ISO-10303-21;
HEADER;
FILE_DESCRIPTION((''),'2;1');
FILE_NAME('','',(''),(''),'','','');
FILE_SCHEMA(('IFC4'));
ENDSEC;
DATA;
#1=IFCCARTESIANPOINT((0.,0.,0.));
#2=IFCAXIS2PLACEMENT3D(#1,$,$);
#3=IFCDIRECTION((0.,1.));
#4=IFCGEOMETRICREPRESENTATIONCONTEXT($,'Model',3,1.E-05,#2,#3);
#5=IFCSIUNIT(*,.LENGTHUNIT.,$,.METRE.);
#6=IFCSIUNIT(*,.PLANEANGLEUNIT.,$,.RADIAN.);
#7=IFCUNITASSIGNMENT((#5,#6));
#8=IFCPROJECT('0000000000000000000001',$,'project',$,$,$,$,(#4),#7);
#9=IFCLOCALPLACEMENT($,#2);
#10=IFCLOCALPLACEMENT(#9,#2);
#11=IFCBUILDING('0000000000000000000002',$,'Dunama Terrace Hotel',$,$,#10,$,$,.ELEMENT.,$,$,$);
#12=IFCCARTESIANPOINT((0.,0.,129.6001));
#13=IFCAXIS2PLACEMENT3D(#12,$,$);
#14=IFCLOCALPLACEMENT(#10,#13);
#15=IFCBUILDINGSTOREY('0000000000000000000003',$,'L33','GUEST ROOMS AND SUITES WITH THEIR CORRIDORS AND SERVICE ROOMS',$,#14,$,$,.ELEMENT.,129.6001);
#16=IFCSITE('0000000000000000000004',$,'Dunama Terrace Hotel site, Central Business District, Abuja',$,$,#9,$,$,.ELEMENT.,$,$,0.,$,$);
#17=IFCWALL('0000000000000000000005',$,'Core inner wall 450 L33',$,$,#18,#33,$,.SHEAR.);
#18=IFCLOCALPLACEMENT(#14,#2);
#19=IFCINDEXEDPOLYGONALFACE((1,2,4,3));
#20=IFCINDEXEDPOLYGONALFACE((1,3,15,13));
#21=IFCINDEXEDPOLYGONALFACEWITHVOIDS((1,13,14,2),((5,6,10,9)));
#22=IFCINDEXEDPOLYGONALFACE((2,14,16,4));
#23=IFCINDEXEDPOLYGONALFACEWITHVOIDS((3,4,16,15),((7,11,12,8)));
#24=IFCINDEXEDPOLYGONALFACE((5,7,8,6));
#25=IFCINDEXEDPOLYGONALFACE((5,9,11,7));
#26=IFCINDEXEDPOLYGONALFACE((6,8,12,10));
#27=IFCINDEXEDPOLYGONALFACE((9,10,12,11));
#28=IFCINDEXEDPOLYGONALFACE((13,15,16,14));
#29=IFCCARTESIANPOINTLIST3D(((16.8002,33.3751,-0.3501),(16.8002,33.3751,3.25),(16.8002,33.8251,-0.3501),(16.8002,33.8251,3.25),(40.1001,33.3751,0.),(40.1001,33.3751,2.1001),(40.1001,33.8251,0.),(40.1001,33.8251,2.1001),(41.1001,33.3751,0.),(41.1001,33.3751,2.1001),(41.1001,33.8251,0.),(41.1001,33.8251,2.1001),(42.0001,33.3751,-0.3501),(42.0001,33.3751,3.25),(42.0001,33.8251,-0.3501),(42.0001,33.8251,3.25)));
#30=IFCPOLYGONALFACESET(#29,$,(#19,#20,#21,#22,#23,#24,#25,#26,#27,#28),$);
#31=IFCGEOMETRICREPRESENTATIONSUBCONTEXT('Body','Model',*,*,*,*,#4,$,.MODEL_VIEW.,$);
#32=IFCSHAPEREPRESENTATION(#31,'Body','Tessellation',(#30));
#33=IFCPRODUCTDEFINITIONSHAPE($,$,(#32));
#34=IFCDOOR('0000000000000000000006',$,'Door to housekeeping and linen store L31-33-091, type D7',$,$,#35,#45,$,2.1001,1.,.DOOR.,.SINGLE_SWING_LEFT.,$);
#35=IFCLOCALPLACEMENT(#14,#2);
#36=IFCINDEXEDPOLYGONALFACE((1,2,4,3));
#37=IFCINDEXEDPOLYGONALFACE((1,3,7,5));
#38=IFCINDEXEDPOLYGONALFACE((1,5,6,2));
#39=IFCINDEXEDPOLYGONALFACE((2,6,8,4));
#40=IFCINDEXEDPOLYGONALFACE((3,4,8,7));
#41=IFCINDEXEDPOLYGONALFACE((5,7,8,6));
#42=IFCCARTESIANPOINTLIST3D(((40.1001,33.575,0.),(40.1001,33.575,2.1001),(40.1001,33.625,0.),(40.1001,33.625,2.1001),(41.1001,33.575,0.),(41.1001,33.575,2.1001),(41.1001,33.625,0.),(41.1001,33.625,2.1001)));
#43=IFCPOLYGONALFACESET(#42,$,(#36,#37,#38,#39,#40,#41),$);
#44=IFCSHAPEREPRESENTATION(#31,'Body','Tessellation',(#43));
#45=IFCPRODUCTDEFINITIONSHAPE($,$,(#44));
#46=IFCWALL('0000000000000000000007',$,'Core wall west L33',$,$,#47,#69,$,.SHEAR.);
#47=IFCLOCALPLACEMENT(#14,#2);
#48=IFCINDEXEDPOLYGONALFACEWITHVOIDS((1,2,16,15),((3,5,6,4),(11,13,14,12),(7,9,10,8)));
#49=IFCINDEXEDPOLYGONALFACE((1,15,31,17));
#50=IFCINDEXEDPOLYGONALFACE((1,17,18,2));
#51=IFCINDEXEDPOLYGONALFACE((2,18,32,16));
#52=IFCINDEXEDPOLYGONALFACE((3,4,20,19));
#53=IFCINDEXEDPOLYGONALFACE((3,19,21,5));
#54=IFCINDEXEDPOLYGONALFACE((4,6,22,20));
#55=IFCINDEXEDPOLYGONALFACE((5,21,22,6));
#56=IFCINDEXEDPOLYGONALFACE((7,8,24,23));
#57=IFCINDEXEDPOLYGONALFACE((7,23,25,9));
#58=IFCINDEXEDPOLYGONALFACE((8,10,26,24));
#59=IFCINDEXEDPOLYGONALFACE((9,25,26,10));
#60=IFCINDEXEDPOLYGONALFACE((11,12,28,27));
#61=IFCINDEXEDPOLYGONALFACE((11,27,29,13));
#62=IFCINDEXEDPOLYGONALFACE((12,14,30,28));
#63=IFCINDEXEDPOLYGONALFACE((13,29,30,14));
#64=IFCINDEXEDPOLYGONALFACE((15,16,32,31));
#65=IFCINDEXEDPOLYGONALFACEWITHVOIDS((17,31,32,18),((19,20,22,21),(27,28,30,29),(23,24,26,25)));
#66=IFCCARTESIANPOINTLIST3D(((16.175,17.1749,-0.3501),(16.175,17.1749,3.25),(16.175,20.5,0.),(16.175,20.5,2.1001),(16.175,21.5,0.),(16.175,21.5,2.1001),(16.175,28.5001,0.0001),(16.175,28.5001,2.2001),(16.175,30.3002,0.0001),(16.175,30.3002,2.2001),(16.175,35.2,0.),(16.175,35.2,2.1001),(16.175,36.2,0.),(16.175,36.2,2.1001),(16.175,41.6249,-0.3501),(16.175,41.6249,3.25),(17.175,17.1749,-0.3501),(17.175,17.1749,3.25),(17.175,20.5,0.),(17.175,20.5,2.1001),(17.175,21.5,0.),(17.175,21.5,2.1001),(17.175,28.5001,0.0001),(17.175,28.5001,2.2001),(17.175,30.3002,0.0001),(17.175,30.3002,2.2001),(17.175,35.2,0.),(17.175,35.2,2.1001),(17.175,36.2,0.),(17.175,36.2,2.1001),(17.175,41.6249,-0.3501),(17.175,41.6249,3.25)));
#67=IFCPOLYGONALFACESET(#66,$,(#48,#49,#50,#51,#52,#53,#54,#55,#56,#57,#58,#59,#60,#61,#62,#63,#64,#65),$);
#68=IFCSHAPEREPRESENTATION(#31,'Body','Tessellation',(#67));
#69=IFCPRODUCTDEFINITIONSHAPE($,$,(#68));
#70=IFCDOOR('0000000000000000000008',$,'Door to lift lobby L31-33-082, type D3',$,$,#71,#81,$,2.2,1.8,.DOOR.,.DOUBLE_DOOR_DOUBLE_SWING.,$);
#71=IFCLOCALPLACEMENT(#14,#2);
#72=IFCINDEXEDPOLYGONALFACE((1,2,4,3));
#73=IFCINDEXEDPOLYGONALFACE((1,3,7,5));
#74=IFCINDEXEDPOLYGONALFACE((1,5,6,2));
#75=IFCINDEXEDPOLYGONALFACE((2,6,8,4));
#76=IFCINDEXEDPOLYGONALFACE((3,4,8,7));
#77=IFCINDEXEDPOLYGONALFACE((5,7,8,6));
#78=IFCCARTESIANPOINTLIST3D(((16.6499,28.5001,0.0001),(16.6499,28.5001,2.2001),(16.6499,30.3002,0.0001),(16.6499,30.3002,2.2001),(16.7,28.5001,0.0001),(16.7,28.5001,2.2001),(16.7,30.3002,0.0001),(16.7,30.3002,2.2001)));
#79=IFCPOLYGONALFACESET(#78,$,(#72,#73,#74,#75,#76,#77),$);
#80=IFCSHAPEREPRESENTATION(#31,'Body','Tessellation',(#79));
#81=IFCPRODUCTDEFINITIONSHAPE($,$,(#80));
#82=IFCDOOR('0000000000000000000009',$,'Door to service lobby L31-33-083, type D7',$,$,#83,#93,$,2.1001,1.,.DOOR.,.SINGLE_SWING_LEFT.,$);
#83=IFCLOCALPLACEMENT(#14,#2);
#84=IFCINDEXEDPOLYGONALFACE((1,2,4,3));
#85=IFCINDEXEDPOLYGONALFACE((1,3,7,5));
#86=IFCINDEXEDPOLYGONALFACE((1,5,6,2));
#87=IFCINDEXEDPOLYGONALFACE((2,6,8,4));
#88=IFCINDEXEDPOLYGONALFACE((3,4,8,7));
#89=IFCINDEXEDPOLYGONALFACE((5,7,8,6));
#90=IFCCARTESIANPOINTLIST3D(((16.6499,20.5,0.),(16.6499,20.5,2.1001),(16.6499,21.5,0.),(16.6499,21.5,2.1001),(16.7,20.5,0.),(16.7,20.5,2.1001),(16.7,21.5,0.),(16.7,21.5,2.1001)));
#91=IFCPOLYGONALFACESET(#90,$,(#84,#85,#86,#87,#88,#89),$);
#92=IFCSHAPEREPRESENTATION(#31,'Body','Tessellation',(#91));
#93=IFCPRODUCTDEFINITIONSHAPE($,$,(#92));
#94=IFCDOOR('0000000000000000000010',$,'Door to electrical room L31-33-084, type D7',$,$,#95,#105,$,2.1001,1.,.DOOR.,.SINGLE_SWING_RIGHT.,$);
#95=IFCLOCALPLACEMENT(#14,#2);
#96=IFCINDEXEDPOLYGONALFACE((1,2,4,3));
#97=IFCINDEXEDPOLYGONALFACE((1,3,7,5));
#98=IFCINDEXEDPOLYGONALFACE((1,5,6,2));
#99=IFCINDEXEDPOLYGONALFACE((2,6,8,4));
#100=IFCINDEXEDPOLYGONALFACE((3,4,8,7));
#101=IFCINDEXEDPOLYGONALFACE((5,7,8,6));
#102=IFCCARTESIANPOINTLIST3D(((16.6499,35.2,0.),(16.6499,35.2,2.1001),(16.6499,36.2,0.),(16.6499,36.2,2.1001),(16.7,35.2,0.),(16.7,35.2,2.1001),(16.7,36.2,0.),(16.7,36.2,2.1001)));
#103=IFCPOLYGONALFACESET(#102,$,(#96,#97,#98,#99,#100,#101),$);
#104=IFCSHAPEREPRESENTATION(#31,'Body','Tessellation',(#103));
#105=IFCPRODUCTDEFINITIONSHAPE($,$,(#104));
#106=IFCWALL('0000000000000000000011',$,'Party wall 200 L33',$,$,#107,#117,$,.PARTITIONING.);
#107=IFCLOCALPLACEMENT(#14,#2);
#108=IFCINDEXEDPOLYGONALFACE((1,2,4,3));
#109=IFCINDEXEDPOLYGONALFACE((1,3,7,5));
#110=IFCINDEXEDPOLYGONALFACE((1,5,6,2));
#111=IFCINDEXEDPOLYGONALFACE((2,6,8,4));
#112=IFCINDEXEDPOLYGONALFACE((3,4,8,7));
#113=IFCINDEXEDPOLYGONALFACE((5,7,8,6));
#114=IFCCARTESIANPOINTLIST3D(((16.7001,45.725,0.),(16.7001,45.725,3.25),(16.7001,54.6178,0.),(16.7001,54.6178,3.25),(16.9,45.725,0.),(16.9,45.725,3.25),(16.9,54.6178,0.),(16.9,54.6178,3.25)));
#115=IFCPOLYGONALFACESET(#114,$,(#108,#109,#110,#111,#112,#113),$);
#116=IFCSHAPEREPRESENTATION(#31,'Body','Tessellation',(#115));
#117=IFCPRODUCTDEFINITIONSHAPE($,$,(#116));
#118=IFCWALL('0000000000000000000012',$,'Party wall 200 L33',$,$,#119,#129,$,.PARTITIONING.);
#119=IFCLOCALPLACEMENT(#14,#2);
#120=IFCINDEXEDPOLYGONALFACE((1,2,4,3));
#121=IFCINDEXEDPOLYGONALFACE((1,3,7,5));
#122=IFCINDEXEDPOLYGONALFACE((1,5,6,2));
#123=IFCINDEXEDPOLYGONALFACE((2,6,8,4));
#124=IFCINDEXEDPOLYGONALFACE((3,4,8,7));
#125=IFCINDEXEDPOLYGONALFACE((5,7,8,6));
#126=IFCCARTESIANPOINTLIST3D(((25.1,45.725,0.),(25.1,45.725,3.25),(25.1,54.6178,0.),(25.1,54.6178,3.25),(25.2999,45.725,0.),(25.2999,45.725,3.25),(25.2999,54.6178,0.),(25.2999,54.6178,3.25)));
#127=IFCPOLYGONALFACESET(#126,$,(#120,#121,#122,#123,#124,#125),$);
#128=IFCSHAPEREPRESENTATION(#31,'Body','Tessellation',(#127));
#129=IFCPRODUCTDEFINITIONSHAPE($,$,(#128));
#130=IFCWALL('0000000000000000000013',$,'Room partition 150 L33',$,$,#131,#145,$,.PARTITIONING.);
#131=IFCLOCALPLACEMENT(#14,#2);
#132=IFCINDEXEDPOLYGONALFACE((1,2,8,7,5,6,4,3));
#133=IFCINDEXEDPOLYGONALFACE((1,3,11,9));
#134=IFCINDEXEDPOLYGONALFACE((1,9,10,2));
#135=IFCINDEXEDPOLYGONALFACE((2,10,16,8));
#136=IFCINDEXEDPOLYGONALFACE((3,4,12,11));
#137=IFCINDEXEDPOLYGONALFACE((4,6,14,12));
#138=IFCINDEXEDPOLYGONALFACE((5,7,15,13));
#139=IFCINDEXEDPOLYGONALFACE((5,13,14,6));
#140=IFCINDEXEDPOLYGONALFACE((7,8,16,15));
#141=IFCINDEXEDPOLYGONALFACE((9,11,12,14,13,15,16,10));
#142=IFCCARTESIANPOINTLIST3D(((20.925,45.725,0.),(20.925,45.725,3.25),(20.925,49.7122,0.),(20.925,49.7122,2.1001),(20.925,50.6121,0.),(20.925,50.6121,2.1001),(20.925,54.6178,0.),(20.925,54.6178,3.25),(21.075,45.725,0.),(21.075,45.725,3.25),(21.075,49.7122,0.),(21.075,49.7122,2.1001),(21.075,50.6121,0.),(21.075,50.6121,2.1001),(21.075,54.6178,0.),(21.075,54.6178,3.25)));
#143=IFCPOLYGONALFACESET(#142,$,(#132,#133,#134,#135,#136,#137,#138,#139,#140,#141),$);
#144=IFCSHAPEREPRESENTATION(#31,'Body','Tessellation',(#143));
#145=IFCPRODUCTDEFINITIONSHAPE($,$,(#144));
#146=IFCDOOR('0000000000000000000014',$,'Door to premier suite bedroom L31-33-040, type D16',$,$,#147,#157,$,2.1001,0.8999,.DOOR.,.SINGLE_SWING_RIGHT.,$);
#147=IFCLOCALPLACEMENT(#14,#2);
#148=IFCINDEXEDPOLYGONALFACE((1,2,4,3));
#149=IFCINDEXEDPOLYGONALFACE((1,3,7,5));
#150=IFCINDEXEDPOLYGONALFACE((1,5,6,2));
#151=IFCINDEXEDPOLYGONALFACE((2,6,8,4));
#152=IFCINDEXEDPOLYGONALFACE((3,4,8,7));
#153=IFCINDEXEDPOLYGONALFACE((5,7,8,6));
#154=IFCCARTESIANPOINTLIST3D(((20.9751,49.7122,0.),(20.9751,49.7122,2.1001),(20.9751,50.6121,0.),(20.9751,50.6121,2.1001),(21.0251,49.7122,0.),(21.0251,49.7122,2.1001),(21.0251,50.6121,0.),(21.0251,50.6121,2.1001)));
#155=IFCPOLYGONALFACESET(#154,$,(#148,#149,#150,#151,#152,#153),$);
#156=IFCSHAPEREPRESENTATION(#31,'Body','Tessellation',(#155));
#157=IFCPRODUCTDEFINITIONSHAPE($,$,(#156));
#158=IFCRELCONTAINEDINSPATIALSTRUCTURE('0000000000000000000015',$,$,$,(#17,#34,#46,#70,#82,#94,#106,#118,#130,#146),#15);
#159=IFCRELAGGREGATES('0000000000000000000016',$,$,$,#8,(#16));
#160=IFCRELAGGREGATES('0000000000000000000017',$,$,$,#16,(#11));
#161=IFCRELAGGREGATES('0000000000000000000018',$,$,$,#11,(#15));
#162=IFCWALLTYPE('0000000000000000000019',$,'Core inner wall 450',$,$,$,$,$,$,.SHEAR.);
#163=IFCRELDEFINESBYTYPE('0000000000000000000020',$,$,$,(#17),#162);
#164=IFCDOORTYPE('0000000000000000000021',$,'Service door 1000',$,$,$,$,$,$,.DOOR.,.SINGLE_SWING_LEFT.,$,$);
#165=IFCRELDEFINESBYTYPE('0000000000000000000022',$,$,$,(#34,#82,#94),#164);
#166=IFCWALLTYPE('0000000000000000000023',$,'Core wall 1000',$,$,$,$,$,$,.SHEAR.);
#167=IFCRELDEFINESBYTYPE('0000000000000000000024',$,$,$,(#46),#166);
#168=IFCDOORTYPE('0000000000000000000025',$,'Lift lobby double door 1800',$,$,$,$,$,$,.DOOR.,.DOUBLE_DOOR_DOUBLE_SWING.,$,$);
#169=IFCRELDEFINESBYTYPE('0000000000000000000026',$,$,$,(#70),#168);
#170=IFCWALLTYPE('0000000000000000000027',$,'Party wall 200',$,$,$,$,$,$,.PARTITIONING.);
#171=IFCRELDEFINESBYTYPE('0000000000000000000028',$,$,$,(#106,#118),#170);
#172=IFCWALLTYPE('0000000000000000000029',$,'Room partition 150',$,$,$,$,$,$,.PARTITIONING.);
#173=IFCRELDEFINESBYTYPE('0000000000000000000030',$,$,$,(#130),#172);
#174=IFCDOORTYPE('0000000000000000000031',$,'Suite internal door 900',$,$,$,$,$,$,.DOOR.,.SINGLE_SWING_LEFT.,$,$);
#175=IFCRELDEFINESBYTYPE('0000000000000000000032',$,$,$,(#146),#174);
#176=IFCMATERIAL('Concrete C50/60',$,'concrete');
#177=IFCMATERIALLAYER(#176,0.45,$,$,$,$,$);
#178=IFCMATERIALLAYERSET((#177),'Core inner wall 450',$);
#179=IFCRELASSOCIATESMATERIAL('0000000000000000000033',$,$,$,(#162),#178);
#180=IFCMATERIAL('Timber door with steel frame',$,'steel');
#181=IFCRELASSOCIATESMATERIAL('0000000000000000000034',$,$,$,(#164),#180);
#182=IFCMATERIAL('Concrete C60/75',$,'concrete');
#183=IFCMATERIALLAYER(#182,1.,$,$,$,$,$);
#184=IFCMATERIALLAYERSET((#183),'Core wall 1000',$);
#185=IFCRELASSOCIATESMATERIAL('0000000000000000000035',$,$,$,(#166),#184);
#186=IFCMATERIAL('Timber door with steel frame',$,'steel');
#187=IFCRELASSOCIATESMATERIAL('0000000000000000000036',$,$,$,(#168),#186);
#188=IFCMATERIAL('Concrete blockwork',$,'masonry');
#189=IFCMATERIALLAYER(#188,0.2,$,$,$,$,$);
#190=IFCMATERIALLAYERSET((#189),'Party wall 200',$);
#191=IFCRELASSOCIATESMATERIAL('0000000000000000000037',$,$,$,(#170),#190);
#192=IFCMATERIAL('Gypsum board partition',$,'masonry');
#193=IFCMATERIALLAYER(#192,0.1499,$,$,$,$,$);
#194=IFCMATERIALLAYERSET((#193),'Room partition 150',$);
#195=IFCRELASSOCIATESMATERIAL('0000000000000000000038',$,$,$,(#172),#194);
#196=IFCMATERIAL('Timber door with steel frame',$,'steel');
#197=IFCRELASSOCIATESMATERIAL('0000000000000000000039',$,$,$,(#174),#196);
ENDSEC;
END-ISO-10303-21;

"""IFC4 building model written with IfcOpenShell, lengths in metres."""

from ifc_helpers import new_model, si_unit, direction, frame, frame_2d, origin, place, context, subcontext, project, spatial, rectangle, extrude, material, layer, layer_set, type_object, element, fill, save


model = new_model("IFC4")

# Units and contexts
model_context = context("Model", 3, precision=1e-05, world=origin(), true_north=direction((0.0, 1.0)))
body_context = subcontext(model_context, "Body", "Model", "MODEL_VIEW")
ifc_project = project(units=[si_unit("LENGTHUNIT", "METRE"), si_unit("PLANEANGLEUNIT", "RADIAN")], contexts=[model_context])

# Site, building, storey
site_placement = place(None, origin())
site = spatial("IfcSite", under=ifc_project, at=site_placement, Name="Dunama Terrace Hotel site, Central Business District, Abuja", CompositionType="ELEMENT", RefElevation=0.0)
building_placement = place(site_placement, origin())
building = spatial("IfcBuilding", under=site, at=building_placement, Name="Dunama Terrace Hotel", CompositionType="ELEMENT")
storey_placement = place(building_placement, frame((0.0, 0.0, 129.6001)))
storey = spatial("IfcBuildingStorey", under=building, at=storey_placement, Name="L33", Description="GUEST ROOMS AND SUITES WITH THEIR CORRIDORS AND SERVICE ROOMS", CompositionType="ELEMENT", Elevation=129.6001)

# Shared definitions
ifc_material_1 = material(Name="Concrete C50/60", Category="concrete")
ifc_layer_1 = layer(ifc_material_1, 0.45)
ifc_layer_set_1 = layer_set([ifc_layer_1], Name="Core inner wall 450")
wall_type_1 = type_object("IfcWallType", Name="Core inner wall 450", PredefinedType="SHEAR", material=ifc_layer_set_1)

# Wall, opening, door
wall_1_placement = place(storey_placement, frame((16.8, 33.6001, -0.3501), z_axis=(0.0, 0.0, 1.0), x_axis=(1.0, 0.0, 0.0)))
wall_1 = element("IfcWall", 1, at=wall_1_placement, inside=storey, type_object=wall_type_1, Name="Core inner wall 450 L33", PredefinedType="SHEAR", context=body_context, shape_type="SweptSolid", body=[
    extrude(rectangle(XDim=25.2, YDim=0.45, at=frame_2d((12.6001, 0.0))), origin(), (0.0, 0.0, 1.0), 3.6001),
])
opening_1_placement = place(wall_1_placement, frame((23.3, 0.0, 0.3501)))
opening_1 = element("IfcOpeningElement", 2, at=opening_1_placement, cuts=wall_1, PredefinedType="OPENING", context=body_context, shape_type="SweptSolid", body=[
    extrude(rectangle(XDim=1.0, YDim=2.1001, at=frame_2d((0.5, 1.05))), frame((0.0, 0.2349, 0.0), z_axis=(0.0, -1.0, 0.0), x_axis=(1.0, 0.0, 0.0)), (0.0, 0.0, 1.0), 0.47),
])
ifc_material_2 = material(Name="Timber door with steel frame", Category="steel")
door_type_1 = type_object("IfcDoorType", Name="Service door 1000", OperationType="SINGLE_SWING_LEFT", PredefinedType="DOOR", material=ifc_material_2)
door_1_placement = place(opening_1_placement, frame((1.0, 0.0, 0.0), z_axis=(0.0, 0.0, 1.0), x_axis=(-1.0, 0.0, 0.0)))
door_1 = element("IfcDoor", 3, at=door_1_placement, inside=storey, type_object=door_type_1, Name="Door to housekeeping and linen store L31-33-091, type D7", OperationType="SINGLE_SWING_LEFT", OverallHeight=2.1001, OverallWidth=1.0, PredefinedType="DOOR", context=body_context, shape_type="SweptSolid", body=[
    extrude(rectangle(XDim=1.0, YDim=2.1001, at=frame_2d((0.5, 1.05))), frame((0.0, 0.0251, 0.0), z_axis=(0.0, -1.0, 0.0), x_axis=(1.0, 0.0, 0.0)), (0.0, 0.0, 1.0), 0.05),
])
fill(opening_1, door_1)

# Wall, openings, doors
ifc_material_3 = material(Name="Concrete C60/75", Category="concrete")
ifc_layer_2 = layer(ifc_material_3, 1.0)
ifc_layer_set_2 = layer_set([ifc_layer_2], Name="Core wall 1000")
wall_type_2 = type_object("IfcWallType", Name="Core wall 1000", PredefinedType="SHEAR", material=ifc_layer_set_2)
wall_2_placement = place(storey_placement, frame((16.675, 41.625, -0.3501), z_axis=(0.0, 0.0, 1.0), x_axis=(0.0, -1.0, 0.0)))
wall_2 = element("IfcWall", 4, at=wall_2_placement, inside=storey, type_object=wall_type_2, Name="Core wall west L33", PredefinedType="SHEAR", context=body_context, shape_type="SweptSolid", body=[
    extrude(rectangle(XDim=24.45, YDim=1.0, at=frame_2d((12.2251, 0.0))), origin(), (0.0, 0.0, 1.0), 3.6001),
])
opening_2_placement = place(wall_2_placement, frame((11.325, 0.0, 0.3501)))
opening_2 = element("IfcOpeningElement", 5, at=opening_2_placement, cuts=wall_2, PredefinedType="OPENING", context=body_context, shape_type="SweptSolid", body=[
    extrude(rectangle(XDim=1.8, YDim=2.2, at=frame_2d((0.8999, 1.1001))), frame((0.0, 0.51, 0.0), z_axis=(0.0, -1.0, 0.0), x_axis=(1.0, 0.0, 0.0)), (0.0, 0.0, 1.0), 1.02),
])
opening_3_placement = place(wall_2_placement, frame((20.125, 0.0, 0.3501)))
opening_3 = element("IfcOpeningElement", 6, at=opening_3_placement, cuts=wall_2, PredefinedType="OPENING", context=body_context, shape_type="SweptSolid", body=[
    extrude(rectangle(XDim=1.0, YDim=2.1001, at=frame_2d((0.5, 1.05))), frame((0.0, 0.51, 0.0), z_axis=(0.0, -1.0, 0.0), x_axis=(1.0, 0.0, 0.0)), (0.0, 0.0, 1.0), 1.02),
])
opening_4_placement = place(wall_2_placement, frame((5.425, 0.0, 0.3501)))
opening_4 = element("IfcOpeningElement", 7, at=opening_4_placement, cuts=wall_2, PredefinedType="OPENING", context=body_context, shape_type="SweptSolid", body=[
    extrude(rectangle(XDim=1.0, YDim=2.1001, at=frame_2d((0.5, 1.05))), frame((0.0, 0.51, 0.0), z_axis=(0.0, -1.0, 0.0), x_axis=(1.0, 0.0, 0.0)), (0.0, 0.0, 1.0), 1.02),
])
ifc_material_4 = material(Name="Timber door with steel frame", Category="steel")
door_type_2 = type_object("IfcDoorType", Name="Lift lobby double door 1800", OperationType="DOUBLE_DOOR_DOUBLE_SWING", PredefinedType="DOOR", material=ifc_material_4)
door_2_placement = place(opening_2_placement, origin())
door_2 = element("IfcDoor", 8, at=door_2_placement, inside=storey, type_object=door_type_2, Name="Door to lift lobby L31-33-082, type D3", OperationType="DOUBLE_DOOR_DOUBLE_SWING", OverallHeight=2.2, OverallWidth=1.8, PredefinedType="DOOR", context=body_context, shape_type="SweptSolid", body=[
    extrude(rectangle(XDim=1.8, YDim=2.2, at=frame_2d((0.8999, 1.1001))), frame((0.0, 0.0249, 0.0), z_axis=(0.0, -1.0, 0.0), x_axis=(1.0, 0.0, 0.0)), (0.0, 0.0, 1.0), 0.05),
])
fill(opening_2, door_2)
door_3_placement = place(opening_3_placement, origin())
door_3 = element("IfcDoor", 9, at=door_3_placement, inside=storey, type_object=door_type_1, Name="Door to service lobby L31-33-083, type D7", OperationType="SINGLE_SWING_LEFT", OverallHeight=2.1001, OverallWidth=1.0, PredefinedType="DOOR", context=body_context, shape_type="SweptSolid", body=[
    extrude(rectangle(XDim=1.0, YDim=2.1001, at=frame_2d((0.5, 1.05))), frame((0.0, 0.0249, 0.0), z_axis=(0.0, -1.0, 0.0), x_axis=(1.0, 0.0, 0.0)), (0.0, 0.0, 1.0), 0.05),
])
fill(opening_3, door_3)
door_4_placement = place(opening_4_placement, origin())
door_4 = element("IfcDoor", 10, at=door_4_placement, inside=storey, type_object=door_type_1, Name="Door to electrical room L31-33-084, type D7", OperationType="SINGLE_SWING_RIGHT", OverallHeight=2.1001, OverallWidth=1.0, PredefinedType="DOOR", context=body_context, shape_type="SweptSolid", body=[
    extrude(rectangle(XDim=1.0, YDim=2.1001, at=frame_2d((0.5, 1.05))), frame((0.0, 0.0249, 0.0), z_axis=(0.0, -1.0, 0.0), x_axis=(1.0, 0.0, 0.0)), (0.0, 0.0, 1.0), 0.05),
])
fill(opening_4, door_4)

# Walls
ifc_material_5 = material(Name="Concrete blockwork", Category="masonry")
ifc_layer_3 = layer(ifc_material_5, 0.2)
ifc_layer_set_3 = layer_set([ifc_layer_3], Name="Party wall 200")
wall_type_3 = type_object("IfcWallType", Name="Party wall 200", PredefinedType="PARTITIONING", material=ifc_layer_set_3)
for number, where, z_axis, x_axis, name in (
    (11, (16.8, 45.7251, 0.0), (0.0, 0.0, 1.0), (0.0, 1.0, 0.0), "Party wall 200 L33"),
    (12, (25.2, 45.7251, 0.0), (0.0, 0.0, 1.0), (0.0, 1.0, 0.0), "Party wall 200 L33"),
):
    element("IfcWall", number, at=place(storey_placement, frame(where, z_axis=z_axis, x_axis=x_axis)), inside=storey, type_object=wall_type_3, Name=name, PredefinedType="PARTITIONING", context=body_context, shape_type="SweptSolid", body=[
        extrude(rectangle(XDim=8.8928, YDim=0.2, at=frame_2d((4.4463, 0.0))), origin(), (0.0, 0.0, 1.0), 3.25),
    ])

# Wall, opening, door
ifc_material_6 = material(Name="Gypsum board partition", Category="masonry")
ifc_layer_4 = layer(ifc_material_6, 0.1499)
ifc_layer_set_4 = layer_set([ifc_layer_4], Name="Room partition 150")
wall_type_4 = type_object("IfcWallType", Name="Room partition 150", PredefinedType="PARTITIONING", material=ifc_layer_set_4)
wall_3_placement = place(storey_placement, frame((21.0, 45.7251, 0.0), z_axis=(0.0, 0.0, 1.0), x_axis=(0.0, 1.0, 0.0)))
wall_3 = element("IfcWall", 13, at=wall_3_placement, inside=storey, type_object=wall_type_4, Name="Room partition 150 L33", PredefinedType="PARTITIONING", context=body_context, shape_type="SweptSolid", body=[
    extrude(rectangle(XDim=8.8928, YDim=0.1499, at=frame_2d((4.4463, 0.0))), origin(), (0.0, 0.0, 1.0), 3.25),
])
opening_5_placement = place(wall_3_placement, frame((3.9871, 0.0, 0.0)))
opening_5 = element("IfcOpeningElement", 14, at=opening_5_placement, cuts=wall_3, PredefinedType="OPENING", context=body_context, shape_type="SweptSolid", body=[
    extrude(rectangle(XDim=0.8999, YDim=2.1001, at=frame_2d((0.45, 1.05))), frame((0.0, 0.085, 0.0), z_axis=(0.0, -1.0, 0.0), x_axis=(1.0, 0.0, 0.0)), (0.0, 0.0, 1.0), 0.1699),
])
ifc_material_7 = material(Name="Timber door with steel frame", Category="steel")
door_type_3 = type_object("IfcDoorType", Name="Suite internal door 900", OperationType="SINGLE_SWING_LEFT", PredefinedType="DOOR", material=ifc_material_7)
door_5_placement = place(opening_5_placement, frame((0.8999, 0.0, 0.0), z_axis=(0.0, 0.0, 1.0), x_axis=(-1.0, 0.0, 0.0)))
door_5 = element("IfcDoor", 15, at=door_5_placement, inside=storey, type_object=door_type_3, Name="Door to premier suite bedroom L31-33-040, type D16", OperationType="SINGLE_SWING_RIGHT", OverallHeight=2.1001, OverallWidth=0.8999, PredefinedType="DOOR", context=body_context, shape_type="SweptSolid", body=[
    extrude(rectangle(XDim=0.8999, YDim=2.1001, at=frame_2d((0.45, 1.05))), frame((0.0, 0.0251, 0.0), z_axis=(0.0, -1.0, 0.0), x_axis=(1.0, 0.0, 0.0)), (0.0, 0.0, 1.0), 0.05),
])
fill(opening_5, door_5)

save(model, "model.ifc")
